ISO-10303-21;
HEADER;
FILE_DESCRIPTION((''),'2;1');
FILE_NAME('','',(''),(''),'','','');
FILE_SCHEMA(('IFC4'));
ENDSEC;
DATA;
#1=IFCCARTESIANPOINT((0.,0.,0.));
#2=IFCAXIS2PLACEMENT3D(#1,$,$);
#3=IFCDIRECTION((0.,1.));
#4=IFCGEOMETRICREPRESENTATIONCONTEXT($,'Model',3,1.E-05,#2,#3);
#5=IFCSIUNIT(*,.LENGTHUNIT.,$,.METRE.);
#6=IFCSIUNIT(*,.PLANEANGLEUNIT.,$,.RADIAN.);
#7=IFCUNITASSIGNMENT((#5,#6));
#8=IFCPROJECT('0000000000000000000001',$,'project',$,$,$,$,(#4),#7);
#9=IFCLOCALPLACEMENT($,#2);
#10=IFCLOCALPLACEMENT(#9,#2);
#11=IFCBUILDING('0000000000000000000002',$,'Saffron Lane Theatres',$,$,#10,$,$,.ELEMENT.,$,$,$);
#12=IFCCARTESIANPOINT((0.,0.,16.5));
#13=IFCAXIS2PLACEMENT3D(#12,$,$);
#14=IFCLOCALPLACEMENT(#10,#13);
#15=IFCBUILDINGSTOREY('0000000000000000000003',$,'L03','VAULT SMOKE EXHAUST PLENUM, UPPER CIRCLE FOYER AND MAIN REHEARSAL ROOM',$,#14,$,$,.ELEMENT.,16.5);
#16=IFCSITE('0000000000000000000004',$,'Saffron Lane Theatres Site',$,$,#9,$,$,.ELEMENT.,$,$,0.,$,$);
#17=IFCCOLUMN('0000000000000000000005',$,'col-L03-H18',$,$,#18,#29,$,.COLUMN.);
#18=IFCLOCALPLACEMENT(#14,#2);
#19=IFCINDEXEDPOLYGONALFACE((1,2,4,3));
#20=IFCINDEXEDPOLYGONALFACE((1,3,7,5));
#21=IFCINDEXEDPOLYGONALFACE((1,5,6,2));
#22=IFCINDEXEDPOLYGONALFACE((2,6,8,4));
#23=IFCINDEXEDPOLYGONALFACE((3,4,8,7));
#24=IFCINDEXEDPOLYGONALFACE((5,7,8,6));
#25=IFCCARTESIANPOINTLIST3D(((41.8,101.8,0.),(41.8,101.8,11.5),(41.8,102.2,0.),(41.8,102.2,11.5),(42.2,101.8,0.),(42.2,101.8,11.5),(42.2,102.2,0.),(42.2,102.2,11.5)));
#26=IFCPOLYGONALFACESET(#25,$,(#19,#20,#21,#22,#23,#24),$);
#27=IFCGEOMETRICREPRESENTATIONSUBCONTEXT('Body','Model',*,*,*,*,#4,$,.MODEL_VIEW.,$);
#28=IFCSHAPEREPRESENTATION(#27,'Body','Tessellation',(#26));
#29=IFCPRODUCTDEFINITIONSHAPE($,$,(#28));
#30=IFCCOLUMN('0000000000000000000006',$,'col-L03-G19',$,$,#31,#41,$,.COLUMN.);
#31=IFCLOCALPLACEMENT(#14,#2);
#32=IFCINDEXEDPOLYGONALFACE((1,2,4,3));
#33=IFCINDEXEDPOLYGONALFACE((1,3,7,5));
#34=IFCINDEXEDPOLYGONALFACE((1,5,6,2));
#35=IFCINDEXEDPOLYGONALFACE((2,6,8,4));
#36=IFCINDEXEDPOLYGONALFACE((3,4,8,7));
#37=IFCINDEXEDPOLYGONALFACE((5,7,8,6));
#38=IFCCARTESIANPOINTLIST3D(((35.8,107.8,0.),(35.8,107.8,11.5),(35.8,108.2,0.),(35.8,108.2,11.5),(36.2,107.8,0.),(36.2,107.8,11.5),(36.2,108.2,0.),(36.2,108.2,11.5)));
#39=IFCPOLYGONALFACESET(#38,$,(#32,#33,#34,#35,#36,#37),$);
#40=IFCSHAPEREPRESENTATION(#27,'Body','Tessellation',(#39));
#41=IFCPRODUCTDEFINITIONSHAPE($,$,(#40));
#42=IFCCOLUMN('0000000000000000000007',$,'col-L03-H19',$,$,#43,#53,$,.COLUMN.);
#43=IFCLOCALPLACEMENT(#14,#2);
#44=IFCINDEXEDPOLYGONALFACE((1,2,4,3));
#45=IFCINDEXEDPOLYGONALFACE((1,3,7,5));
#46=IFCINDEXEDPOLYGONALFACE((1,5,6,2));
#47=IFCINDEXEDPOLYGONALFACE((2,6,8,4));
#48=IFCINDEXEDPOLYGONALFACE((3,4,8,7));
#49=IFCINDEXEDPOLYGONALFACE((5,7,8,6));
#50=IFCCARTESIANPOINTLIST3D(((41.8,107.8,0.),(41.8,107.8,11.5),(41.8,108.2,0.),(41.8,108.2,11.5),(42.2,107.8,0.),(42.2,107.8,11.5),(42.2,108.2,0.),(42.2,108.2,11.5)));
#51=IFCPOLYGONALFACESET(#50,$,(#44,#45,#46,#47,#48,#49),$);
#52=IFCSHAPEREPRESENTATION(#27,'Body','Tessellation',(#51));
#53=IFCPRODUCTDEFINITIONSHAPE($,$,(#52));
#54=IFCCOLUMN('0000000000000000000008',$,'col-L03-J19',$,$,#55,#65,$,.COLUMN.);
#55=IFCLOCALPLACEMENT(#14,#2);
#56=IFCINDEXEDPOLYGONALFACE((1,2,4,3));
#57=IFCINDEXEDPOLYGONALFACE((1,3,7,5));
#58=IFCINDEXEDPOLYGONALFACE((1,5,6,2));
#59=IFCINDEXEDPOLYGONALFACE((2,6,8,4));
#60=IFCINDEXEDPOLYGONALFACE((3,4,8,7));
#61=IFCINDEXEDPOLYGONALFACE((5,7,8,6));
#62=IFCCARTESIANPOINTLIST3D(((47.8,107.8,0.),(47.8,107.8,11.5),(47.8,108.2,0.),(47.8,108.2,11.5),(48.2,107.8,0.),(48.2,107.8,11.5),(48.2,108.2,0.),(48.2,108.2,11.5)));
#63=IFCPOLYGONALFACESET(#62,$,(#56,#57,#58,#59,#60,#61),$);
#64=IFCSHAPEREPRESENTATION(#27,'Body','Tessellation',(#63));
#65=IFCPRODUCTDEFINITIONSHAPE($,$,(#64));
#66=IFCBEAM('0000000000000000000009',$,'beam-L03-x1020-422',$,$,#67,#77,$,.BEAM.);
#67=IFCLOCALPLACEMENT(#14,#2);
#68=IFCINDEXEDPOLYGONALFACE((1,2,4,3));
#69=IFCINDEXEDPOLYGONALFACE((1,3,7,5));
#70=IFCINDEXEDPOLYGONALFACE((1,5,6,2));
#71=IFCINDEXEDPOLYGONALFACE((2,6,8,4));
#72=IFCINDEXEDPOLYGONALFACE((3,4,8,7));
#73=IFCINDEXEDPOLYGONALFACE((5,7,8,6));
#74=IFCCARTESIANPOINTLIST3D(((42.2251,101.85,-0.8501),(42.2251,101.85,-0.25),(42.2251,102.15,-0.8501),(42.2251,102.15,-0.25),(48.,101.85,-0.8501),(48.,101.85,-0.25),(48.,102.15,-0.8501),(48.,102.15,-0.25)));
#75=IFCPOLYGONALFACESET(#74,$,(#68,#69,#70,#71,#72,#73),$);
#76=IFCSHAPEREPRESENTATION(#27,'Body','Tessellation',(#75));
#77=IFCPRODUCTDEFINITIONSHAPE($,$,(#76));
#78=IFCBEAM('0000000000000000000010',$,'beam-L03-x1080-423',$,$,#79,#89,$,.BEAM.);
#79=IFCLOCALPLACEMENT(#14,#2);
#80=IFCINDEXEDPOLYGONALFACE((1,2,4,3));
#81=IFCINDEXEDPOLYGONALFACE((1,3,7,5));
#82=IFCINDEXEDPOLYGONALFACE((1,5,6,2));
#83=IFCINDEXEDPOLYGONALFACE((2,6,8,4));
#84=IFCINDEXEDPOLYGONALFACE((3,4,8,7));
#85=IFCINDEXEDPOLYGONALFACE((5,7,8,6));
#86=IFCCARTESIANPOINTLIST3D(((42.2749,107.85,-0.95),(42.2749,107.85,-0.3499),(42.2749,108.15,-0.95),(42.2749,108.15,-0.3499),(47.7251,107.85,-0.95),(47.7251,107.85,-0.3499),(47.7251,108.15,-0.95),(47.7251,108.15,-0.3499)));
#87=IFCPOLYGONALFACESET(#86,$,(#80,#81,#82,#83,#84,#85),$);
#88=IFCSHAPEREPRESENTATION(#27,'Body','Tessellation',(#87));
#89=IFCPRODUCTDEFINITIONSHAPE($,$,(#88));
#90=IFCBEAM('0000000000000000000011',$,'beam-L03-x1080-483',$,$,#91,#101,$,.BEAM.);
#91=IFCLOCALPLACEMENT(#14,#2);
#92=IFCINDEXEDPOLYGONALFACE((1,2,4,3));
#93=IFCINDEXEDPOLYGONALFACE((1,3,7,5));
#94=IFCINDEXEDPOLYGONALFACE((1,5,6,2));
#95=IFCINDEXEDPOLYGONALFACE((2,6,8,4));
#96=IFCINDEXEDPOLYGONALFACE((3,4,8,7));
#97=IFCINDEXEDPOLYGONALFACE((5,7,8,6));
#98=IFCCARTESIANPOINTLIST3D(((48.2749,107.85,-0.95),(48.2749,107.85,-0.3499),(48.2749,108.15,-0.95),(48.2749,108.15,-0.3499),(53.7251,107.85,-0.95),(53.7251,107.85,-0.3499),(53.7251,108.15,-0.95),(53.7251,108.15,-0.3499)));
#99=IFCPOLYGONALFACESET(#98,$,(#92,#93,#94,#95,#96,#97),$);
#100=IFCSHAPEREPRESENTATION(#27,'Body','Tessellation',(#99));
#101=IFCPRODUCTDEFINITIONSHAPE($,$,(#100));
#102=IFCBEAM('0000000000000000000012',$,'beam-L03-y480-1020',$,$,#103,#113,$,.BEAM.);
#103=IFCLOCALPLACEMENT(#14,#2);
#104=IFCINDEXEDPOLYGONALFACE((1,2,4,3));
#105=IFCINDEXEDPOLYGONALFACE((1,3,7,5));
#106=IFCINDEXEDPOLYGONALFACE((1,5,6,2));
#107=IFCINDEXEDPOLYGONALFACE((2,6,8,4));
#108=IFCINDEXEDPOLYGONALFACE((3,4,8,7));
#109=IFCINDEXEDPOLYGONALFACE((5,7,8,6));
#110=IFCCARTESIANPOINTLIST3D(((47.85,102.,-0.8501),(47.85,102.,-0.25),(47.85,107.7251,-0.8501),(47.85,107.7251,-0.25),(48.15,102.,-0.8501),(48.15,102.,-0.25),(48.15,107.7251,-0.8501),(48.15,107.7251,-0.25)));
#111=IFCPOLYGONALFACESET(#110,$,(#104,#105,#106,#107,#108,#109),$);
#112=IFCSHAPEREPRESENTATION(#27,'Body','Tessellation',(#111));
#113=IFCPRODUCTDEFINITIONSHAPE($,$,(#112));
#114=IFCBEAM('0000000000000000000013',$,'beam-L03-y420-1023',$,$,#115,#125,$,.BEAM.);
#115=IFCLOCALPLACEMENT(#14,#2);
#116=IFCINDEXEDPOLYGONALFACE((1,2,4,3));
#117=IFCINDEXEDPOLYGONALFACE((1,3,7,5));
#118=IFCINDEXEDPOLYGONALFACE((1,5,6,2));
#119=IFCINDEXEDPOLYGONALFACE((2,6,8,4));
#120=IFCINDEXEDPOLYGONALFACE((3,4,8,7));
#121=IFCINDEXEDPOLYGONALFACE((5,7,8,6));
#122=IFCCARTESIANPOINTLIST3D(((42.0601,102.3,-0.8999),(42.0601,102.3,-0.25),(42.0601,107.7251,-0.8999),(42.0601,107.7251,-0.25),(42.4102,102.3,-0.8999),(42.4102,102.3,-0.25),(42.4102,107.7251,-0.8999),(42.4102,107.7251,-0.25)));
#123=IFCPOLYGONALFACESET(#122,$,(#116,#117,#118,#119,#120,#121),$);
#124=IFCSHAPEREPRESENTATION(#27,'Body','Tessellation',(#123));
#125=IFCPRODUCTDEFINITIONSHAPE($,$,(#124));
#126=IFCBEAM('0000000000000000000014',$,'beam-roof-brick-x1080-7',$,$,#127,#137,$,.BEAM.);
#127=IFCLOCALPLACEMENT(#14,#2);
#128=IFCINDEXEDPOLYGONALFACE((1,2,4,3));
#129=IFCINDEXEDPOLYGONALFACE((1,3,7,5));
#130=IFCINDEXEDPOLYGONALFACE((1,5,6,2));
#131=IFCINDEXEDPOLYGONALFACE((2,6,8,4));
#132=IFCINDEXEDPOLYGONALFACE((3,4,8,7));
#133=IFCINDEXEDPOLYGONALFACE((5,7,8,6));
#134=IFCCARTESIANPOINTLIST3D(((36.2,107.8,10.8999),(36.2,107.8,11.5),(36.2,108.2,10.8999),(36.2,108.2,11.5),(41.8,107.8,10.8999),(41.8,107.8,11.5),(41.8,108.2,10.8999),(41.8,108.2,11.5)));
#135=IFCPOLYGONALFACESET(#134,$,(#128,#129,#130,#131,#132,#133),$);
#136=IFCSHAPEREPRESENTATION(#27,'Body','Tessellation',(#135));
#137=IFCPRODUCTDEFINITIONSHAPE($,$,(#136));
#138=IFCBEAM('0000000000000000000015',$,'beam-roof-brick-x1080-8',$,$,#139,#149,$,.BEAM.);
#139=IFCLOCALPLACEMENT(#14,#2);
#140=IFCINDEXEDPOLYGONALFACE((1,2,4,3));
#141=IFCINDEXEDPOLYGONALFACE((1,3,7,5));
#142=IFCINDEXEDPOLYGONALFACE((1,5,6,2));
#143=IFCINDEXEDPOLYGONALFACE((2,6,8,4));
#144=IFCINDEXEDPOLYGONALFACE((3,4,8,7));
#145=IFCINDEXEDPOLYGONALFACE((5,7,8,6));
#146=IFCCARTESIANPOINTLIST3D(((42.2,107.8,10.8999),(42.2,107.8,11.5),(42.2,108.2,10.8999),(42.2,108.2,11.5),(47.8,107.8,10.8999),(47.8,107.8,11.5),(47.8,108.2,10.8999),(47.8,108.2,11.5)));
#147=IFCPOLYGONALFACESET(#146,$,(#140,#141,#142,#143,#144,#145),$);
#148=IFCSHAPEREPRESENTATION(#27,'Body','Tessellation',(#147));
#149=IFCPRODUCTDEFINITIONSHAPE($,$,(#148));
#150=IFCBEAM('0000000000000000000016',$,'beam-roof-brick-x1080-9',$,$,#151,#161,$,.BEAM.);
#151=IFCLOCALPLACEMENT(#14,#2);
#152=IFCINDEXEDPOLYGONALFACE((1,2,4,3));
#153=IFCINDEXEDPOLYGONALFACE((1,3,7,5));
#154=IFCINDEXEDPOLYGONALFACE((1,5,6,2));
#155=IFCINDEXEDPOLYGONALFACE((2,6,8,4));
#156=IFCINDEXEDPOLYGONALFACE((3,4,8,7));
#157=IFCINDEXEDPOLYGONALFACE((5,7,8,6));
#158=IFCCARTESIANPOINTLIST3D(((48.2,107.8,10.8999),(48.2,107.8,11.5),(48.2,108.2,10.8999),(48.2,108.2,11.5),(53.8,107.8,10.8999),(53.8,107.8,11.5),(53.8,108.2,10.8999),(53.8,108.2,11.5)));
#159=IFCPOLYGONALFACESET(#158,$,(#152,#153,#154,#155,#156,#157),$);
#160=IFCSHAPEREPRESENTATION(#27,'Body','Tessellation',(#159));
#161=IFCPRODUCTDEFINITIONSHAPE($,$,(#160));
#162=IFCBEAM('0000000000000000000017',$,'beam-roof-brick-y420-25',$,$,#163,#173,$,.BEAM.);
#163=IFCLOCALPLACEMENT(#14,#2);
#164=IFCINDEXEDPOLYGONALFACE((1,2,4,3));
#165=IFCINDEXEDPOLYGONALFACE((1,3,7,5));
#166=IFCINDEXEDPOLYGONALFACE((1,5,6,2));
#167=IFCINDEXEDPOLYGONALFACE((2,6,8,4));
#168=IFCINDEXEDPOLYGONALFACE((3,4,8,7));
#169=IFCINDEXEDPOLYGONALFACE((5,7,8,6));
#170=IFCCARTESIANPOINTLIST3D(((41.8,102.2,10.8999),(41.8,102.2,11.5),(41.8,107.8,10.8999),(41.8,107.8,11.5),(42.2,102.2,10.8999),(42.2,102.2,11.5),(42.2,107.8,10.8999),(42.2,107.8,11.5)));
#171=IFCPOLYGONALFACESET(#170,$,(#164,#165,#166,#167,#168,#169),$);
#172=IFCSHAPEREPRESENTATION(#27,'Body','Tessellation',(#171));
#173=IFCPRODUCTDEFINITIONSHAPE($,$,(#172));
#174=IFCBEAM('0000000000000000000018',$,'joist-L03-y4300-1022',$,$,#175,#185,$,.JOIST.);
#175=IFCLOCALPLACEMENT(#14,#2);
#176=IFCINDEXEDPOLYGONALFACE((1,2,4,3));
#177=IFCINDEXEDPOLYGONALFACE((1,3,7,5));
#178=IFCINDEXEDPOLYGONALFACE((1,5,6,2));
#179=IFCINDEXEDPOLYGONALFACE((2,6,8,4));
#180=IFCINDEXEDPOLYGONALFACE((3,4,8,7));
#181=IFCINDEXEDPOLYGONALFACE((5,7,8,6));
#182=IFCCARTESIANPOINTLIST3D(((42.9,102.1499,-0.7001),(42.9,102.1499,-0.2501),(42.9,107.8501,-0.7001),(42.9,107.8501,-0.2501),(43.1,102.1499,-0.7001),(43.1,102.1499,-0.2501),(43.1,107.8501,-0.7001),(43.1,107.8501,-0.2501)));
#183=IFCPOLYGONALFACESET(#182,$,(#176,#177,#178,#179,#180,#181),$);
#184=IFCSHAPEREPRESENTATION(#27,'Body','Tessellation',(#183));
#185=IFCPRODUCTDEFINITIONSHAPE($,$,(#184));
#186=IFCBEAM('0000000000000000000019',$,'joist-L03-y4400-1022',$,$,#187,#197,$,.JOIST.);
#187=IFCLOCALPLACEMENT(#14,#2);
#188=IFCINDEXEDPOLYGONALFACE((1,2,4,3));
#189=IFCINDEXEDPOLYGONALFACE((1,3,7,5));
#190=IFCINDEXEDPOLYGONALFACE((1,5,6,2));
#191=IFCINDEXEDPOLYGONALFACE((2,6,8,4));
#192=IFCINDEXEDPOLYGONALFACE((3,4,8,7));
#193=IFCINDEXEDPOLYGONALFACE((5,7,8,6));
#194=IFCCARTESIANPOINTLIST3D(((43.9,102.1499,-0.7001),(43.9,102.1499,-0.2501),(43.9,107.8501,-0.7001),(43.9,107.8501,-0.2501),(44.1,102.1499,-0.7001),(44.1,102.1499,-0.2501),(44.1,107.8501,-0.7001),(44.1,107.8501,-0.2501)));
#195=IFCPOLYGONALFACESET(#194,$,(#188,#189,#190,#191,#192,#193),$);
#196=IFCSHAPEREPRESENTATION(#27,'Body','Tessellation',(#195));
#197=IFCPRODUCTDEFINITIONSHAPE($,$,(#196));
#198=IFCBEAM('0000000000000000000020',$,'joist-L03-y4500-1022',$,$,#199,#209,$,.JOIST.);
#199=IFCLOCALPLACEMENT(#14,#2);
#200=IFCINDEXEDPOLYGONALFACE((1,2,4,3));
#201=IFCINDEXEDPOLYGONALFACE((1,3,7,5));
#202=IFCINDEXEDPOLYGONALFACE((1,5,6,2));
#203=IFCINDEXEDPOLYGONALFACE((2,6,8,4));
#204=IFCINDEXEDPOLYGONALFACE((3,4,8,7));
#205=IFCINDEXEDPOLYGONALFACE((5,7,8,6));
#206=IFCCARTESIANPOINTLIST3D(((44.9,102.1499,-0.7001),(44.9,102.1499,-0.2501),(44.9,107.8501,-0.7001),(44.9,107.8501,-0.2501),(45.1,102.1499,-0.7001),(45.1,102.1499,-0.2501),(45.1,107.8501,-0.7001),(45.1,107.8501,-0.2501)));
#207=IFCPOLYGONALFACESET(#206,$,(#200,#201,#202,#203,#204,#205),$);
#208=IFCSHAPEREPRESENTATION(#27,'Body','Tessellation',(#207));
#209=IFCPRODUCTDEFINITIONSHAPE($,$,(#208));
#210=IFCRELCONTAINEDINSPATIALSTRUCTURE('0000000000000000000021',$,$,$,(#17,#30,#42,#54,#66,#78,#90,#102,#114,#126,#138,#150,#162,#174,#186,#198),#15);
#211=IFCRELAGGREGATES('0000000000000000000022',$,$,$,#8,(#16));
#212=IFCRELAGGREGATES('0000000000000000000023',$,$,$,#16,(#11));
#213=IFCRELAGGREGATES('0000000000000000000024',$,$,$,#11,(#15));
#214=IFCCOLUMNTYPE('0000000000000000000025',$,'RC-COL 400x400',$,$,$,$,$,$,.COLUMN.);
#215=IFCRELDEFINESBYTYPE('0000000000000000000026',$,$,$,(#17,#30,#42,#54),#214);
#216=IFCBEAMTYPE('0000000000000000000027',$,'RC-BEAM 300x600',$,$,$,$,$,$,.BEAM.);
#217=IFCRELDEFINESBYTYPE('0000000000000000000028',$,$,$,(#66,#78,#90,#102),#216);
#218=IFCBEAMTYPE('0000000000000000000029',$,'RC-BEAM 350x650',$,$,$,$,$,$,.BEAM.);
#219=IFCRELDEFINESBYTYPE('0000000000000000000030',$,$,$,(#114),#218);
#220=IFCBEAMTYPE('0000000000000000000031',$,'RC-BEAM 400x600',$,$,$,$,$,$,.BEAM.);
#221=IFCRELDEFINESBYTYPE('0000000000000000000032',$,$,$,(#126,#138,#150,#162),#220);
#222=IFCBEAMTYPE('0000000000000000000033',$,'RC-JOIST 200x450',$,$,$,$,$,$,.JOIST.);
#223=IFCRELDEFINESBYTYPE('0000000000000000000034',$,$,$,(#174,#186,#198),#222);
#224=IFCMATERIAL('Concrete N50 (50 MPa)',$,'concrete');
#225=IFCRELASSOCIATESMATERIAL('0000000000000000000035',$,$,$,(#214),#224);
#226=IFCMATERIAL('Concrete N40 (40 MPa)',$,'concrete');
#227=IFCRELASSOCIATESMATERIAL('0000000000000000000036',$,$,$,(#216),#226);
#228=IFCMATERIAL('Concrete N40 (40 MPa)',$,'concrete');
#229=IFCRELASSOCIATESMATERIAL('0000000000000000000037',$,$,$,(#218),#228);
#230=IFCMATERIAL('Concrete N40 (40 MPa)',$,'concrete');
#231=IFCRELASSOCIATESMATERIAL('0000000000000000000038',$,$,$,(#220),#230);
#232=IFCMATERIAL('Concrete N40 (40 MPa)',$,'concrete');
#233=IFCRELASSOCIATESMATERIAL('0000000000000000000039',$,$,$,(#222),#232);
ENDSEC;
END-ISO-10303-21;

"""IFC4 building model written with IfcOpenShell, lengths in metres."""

from ifc_helpers import new_model, si_unit, direction, frame, origin, origin_2d, place, context, subcontext, project, spatial, rectangle, extrude, material, material_profile, profile_set, type_object, element, save


model = new_model("IFC4")

# Units and contexts
model_context = context("Model", 3, precision=1e-05, world=origin(), true_north=direction((0.0, 1.0)))
body_context = subcontext(model_context, "Body", "Model", "MODEL_VIEW")
ifc_project = project(units=[si_unit("LENGTHUNIT", "METRE"), si_unit("PLANEANGLEUNIT", "RADIAN")], contexts=[model_context])

# Site, building, storey
site_placement = place(None, origin())
site = spatial("IfcSite", under=ifc_project, at=site_placement, Name="Saffron Lane Theatres Site", CompositionType="ELEMENT", RefElevation=0.0)
building_placement = place(site_placement, origin())
building = spatial("IfcBuilding", under=site, at=building_placement, Name="Saffron Lane Theatres", CompositionType="ELEMENT")
storey_placement = place(building_placement, frame((0.0, 0.0, 16.5)))
storey = spatial("IfcBuildingStorey", under=building, at=storey_placement, Name="L03", Description="VAULT SMOKE EXHAUST PLENUM, UPPER CIRCLE FOYER AND MAIN REHEARSAL ROOM", CompositionType="ELEMENT", Elevation=16.5)

# Columns
ifc_material_1 = material(Name="Concrete N50 (50 MPa)", Category="concrete")
ifc_material_profile_1 = material_profile(ifc_material_1, rectangle(XDim=0.3999, YDim=0.3999, at=origin_2d()))
ifc_profile_set_1 = profile_set([ifc_material_profile_1], Name="Concrete N50 (50 MPa)")
column_type = type_object("IfcColumnType", Name="RC-COL 400x400", PredefinedType="COLUMN", material=ifc_profile_set_1)
for number, where, z_axis, x_axis, name in (
    (1, (42.0, 102.0, 0.0), (0.0, 0.0, 1.0), (1.0, 0.0, 0.0), "col-L03-H18"),
    (2, (36.0, 108.0, 0.0), (0.0, 0.0, 1.0), (1.0, 0.0, 0.0), "col-L03-G19"),
    (3, (42.0, 108.0, 0.0), (0.0, 0.0, 1.0), (1.0, 0.0, 0.0), "col-L03-H19"),
    (4, (48.0, 108.0, 0.0), (0.0, 0.0, 1.0), (1.0, 0.0, 0.0), "col-L03-J19"),
):
    element("IfcColumn", number, at=place(storey_placement, frame(where, z_axis=z_axis, x_axis=x_axis)), inside=storey, type_object=column_type, Name=name, PredefinedType="COLUMN", context=body_context, shape_type="SweptSolid", body=[
        extrude(rectangle(XDim=0.3999, YDim=0.3999, at=origin_2d()), origin(), (0.0, 0.0, 1.0), 11.5),
    ])

# Beams
ifc_material_2 = material(Name="Concrete N40 (40 MPa)", Category="concrete")
ifc_material_profile_2 = material_profile(ifc_material_2, rectangle(XDim=0.3, YDim=0.6001, at=origin_2d()))
ifc_profile_set_2 = profile_set([ifc_material_profile_2], Name="Concrete N40 (40 MPa)")
beam_type_1 = type_object("IfcBeamType", Name="RC-BEAM 300x600", PredefinedType="BEAM", material=ifc_profile_set_2)
beam_1_placement = place(storey_placement, frame((42.2251, 102.0, -0.55), z_axis=(1.0, 0.0, 0.0), x_axis=(0.0, 1.0, 0.0)))
element("IfcBeam", 5, at=beam_1_placement, inside=storey, type_object=beam_type_1, Name="beam-L03-x1020-422", PredefinedType="BEAM", context=body_context, shape_type="SweptSolid", body=[
    extrude(rectangle(XDim=0.3, YDim=0.6001, at=origin_2d()), origin(), (0.0, 0.0, 1.0), 5.7749),
])
for number, where, z_axis, x_axis, name in (
    (6, (42.2749, 108.0, -0.6499), (1.0, 0.0, 0.0), (0.0, 1.0, 0.0), "beam-L03-x1080-423"),
    (7, (48.2749, 108.0, -0.6499), (1.0, 0.0, 0.0), (0.0, 1.0, 0.0), "beam-L03-x1080-483"),
):
    element("IfcBeam", number, at=place(storey_placement, frame(where, z_axis=z_axis, x_axis=x_axis)), inside=storey, type_object=beam_type_1, Name=name, PredefinedType="BEAM", context=body_context, shape_type="SweptSolid", body=[
        extrude(rectangle(XDim=0.3, YDim=0.6001, at=origin_2d()), origin(), (0.0, 0.0, 1.0), 5.4502),
    ])
beam_2_placement = place(storey_placement, frame((48.0, 102.0, -0.55), z_axis=(0.0, 1.0, 0.0), x_axis=(-1.0, 0.0, 0.0)))
element("IfcBeam", 8, at=beam_2_placement, inside=storey, type_object=beam_type_1, Name="beam-L03-y480-1020", PredefinedType="BEAM", context=body_context, shape_type="SweptSolid", body=[
    extrude(rectangle(XDim=0.3, YDim=0.6001, at=origin_2d()), origin(), (0.0, 0.0, 1.0), 5.7251),
])
ifc_material_3 = material(Name="Concrete N40 (40 MPa)", Category="concrete")
ifc_material_profile_3 = material_profile(ifc_material_3, rectangle(XDim=0.3501, YDim=0.6499, at=origin_2d()))
ifc_profile_set_3 = profile_set([ifc_material_profile_3], Name="Concrete N40 (40 MPa)")
beam_type_2 = type_object("IfcBeamType", Name="RC-BEAM 350x650", PredefinedType="BEAM", material=ifc_profile_set_3)
beam_3_placement = place(storey_placement, frame((42.2351, 102.3, -0.575), z_axis=(0.0, 1.0, 0.0), x_axis=(-1.0, 0.0, 0.0)))
element("IfcBeam", 9, at=beam_3_placement, inside=storey, type_object=beam_type_2, Name="beam-L03-y420-1023", PredefinedType="BEAM", context=body_context, shape_type="SweptSolid", body=[
    extrude(rectangle(XDim=0.3501, YDim=0.6499, at=origin_2d()), origin(), (0.0, 0.0, 1.0), 5.425),
])
ifc_material_4 = material(Name="Concrete N40 (40 MPa)", Category="concrete")
ifc_material_profile_4 = material_profile(ifc_material_4, rectangle(XDim=0.3999, YDim=0.6001, at=origin_2d()))
ifc_profile_set_4 = profile_set([ifc_material_profile_4], Name="Concrete N40 (40 MPa)")
beam_type_3 = type_object("IfcBeamType", Name="RC-BEAM 400x600", PredefinedType="BEAM", material=ifc_profile_set_4)
for number, where, z_axis, x_axis, name in (
    (10, (36.2, 108.0, 11.2), (1.0, 0.0, 0.0), (0.0, 1.0, 0.0), "beam-roof-brick-x1080-7"),
    (11, (42.2, 108.0, 11.2), (1.0, 0.0, 0.0), (0.0, 1.0, 0.0), "beam-roof-brick-x1080-8"),
    (12, (48.2, 108.0, 11.2), (1.0, 0.0, 0.0), (0.0, 1.0, 0.0), "beam-roof-brick-x1080-9"),
    (13, (42.0, 102.2, 11.2), (0.0, 1.0, 0.0), (-1.0, 0.0, 0.0), "beam-roof-brick-y420-25"),
):
    element("IfcBeam", number, at=place(storey_placement, frame(where, z_axis=z_axis, x_axis=x_axis)), inside=storey, type_object=beam_type_3, Name=name, PredefinedType="BEAM", context=body_context, shape_type="SweptSolid", body=[
        extrude(rectangle(XDim=0.3999, YDim=0.6001, at=origin_2d()), origin(), (0.0, 0.0, 1.0), 5.6001),
    ])
ifc_material_5 = material(Name="Concrete N40 (40 MPa)", Category="concrete")
ifc_material_profile_5 = material_profile(ifc_material_5, rectangle(XDim=0.2, YDim=0.45, at=origin_2d()))
ifc_profile_set_5 = profile_set([ifc_material_profile_5], Name="Concrete N40 (40 MPa)")
beam_type_4 = type_object("IfcBeamType", Name="RC-JOIST 200x450", PredefinedType="JOIST", material=ifc_profile_set_5)
for number, where, z_axis, x_axis, name in (
    (14, (43.0, 102.1499, -0.4751), (0.0, 1.0, 0.0), (-1.0, 0.0, 0.0), "joist-L03-y4300-1022"),
    (15, (44.0, 102.1499, -0.4751), (0.0, 1.0, 0.0), (-1.0, 0.0, 0.0), "joist-L03-y4400-1022"),
    (16, (45.0, 102.1499, -0.4751), (0.0, 1.0, 0.0), (-1.0, 0.0, 0.0), "joist-L03-y4500-1022"),
):
    element("IfcBeam", number, at=place(storey_placement, frame(where, z_axis=z_axis, x_axis=x_axis)), inside=storey, type_object=beam_type_4, Name=name, PredefinedType="JOIST", context=body_context, shape_type="SweptSolid", body=[
        extrude(rectangle(XDim=0.2, YDim=0.45, at=origin_2d()), origin(), (0.0, 0.0, 1.0), 5.7002),
    ])

save(model, "model.ifc")
